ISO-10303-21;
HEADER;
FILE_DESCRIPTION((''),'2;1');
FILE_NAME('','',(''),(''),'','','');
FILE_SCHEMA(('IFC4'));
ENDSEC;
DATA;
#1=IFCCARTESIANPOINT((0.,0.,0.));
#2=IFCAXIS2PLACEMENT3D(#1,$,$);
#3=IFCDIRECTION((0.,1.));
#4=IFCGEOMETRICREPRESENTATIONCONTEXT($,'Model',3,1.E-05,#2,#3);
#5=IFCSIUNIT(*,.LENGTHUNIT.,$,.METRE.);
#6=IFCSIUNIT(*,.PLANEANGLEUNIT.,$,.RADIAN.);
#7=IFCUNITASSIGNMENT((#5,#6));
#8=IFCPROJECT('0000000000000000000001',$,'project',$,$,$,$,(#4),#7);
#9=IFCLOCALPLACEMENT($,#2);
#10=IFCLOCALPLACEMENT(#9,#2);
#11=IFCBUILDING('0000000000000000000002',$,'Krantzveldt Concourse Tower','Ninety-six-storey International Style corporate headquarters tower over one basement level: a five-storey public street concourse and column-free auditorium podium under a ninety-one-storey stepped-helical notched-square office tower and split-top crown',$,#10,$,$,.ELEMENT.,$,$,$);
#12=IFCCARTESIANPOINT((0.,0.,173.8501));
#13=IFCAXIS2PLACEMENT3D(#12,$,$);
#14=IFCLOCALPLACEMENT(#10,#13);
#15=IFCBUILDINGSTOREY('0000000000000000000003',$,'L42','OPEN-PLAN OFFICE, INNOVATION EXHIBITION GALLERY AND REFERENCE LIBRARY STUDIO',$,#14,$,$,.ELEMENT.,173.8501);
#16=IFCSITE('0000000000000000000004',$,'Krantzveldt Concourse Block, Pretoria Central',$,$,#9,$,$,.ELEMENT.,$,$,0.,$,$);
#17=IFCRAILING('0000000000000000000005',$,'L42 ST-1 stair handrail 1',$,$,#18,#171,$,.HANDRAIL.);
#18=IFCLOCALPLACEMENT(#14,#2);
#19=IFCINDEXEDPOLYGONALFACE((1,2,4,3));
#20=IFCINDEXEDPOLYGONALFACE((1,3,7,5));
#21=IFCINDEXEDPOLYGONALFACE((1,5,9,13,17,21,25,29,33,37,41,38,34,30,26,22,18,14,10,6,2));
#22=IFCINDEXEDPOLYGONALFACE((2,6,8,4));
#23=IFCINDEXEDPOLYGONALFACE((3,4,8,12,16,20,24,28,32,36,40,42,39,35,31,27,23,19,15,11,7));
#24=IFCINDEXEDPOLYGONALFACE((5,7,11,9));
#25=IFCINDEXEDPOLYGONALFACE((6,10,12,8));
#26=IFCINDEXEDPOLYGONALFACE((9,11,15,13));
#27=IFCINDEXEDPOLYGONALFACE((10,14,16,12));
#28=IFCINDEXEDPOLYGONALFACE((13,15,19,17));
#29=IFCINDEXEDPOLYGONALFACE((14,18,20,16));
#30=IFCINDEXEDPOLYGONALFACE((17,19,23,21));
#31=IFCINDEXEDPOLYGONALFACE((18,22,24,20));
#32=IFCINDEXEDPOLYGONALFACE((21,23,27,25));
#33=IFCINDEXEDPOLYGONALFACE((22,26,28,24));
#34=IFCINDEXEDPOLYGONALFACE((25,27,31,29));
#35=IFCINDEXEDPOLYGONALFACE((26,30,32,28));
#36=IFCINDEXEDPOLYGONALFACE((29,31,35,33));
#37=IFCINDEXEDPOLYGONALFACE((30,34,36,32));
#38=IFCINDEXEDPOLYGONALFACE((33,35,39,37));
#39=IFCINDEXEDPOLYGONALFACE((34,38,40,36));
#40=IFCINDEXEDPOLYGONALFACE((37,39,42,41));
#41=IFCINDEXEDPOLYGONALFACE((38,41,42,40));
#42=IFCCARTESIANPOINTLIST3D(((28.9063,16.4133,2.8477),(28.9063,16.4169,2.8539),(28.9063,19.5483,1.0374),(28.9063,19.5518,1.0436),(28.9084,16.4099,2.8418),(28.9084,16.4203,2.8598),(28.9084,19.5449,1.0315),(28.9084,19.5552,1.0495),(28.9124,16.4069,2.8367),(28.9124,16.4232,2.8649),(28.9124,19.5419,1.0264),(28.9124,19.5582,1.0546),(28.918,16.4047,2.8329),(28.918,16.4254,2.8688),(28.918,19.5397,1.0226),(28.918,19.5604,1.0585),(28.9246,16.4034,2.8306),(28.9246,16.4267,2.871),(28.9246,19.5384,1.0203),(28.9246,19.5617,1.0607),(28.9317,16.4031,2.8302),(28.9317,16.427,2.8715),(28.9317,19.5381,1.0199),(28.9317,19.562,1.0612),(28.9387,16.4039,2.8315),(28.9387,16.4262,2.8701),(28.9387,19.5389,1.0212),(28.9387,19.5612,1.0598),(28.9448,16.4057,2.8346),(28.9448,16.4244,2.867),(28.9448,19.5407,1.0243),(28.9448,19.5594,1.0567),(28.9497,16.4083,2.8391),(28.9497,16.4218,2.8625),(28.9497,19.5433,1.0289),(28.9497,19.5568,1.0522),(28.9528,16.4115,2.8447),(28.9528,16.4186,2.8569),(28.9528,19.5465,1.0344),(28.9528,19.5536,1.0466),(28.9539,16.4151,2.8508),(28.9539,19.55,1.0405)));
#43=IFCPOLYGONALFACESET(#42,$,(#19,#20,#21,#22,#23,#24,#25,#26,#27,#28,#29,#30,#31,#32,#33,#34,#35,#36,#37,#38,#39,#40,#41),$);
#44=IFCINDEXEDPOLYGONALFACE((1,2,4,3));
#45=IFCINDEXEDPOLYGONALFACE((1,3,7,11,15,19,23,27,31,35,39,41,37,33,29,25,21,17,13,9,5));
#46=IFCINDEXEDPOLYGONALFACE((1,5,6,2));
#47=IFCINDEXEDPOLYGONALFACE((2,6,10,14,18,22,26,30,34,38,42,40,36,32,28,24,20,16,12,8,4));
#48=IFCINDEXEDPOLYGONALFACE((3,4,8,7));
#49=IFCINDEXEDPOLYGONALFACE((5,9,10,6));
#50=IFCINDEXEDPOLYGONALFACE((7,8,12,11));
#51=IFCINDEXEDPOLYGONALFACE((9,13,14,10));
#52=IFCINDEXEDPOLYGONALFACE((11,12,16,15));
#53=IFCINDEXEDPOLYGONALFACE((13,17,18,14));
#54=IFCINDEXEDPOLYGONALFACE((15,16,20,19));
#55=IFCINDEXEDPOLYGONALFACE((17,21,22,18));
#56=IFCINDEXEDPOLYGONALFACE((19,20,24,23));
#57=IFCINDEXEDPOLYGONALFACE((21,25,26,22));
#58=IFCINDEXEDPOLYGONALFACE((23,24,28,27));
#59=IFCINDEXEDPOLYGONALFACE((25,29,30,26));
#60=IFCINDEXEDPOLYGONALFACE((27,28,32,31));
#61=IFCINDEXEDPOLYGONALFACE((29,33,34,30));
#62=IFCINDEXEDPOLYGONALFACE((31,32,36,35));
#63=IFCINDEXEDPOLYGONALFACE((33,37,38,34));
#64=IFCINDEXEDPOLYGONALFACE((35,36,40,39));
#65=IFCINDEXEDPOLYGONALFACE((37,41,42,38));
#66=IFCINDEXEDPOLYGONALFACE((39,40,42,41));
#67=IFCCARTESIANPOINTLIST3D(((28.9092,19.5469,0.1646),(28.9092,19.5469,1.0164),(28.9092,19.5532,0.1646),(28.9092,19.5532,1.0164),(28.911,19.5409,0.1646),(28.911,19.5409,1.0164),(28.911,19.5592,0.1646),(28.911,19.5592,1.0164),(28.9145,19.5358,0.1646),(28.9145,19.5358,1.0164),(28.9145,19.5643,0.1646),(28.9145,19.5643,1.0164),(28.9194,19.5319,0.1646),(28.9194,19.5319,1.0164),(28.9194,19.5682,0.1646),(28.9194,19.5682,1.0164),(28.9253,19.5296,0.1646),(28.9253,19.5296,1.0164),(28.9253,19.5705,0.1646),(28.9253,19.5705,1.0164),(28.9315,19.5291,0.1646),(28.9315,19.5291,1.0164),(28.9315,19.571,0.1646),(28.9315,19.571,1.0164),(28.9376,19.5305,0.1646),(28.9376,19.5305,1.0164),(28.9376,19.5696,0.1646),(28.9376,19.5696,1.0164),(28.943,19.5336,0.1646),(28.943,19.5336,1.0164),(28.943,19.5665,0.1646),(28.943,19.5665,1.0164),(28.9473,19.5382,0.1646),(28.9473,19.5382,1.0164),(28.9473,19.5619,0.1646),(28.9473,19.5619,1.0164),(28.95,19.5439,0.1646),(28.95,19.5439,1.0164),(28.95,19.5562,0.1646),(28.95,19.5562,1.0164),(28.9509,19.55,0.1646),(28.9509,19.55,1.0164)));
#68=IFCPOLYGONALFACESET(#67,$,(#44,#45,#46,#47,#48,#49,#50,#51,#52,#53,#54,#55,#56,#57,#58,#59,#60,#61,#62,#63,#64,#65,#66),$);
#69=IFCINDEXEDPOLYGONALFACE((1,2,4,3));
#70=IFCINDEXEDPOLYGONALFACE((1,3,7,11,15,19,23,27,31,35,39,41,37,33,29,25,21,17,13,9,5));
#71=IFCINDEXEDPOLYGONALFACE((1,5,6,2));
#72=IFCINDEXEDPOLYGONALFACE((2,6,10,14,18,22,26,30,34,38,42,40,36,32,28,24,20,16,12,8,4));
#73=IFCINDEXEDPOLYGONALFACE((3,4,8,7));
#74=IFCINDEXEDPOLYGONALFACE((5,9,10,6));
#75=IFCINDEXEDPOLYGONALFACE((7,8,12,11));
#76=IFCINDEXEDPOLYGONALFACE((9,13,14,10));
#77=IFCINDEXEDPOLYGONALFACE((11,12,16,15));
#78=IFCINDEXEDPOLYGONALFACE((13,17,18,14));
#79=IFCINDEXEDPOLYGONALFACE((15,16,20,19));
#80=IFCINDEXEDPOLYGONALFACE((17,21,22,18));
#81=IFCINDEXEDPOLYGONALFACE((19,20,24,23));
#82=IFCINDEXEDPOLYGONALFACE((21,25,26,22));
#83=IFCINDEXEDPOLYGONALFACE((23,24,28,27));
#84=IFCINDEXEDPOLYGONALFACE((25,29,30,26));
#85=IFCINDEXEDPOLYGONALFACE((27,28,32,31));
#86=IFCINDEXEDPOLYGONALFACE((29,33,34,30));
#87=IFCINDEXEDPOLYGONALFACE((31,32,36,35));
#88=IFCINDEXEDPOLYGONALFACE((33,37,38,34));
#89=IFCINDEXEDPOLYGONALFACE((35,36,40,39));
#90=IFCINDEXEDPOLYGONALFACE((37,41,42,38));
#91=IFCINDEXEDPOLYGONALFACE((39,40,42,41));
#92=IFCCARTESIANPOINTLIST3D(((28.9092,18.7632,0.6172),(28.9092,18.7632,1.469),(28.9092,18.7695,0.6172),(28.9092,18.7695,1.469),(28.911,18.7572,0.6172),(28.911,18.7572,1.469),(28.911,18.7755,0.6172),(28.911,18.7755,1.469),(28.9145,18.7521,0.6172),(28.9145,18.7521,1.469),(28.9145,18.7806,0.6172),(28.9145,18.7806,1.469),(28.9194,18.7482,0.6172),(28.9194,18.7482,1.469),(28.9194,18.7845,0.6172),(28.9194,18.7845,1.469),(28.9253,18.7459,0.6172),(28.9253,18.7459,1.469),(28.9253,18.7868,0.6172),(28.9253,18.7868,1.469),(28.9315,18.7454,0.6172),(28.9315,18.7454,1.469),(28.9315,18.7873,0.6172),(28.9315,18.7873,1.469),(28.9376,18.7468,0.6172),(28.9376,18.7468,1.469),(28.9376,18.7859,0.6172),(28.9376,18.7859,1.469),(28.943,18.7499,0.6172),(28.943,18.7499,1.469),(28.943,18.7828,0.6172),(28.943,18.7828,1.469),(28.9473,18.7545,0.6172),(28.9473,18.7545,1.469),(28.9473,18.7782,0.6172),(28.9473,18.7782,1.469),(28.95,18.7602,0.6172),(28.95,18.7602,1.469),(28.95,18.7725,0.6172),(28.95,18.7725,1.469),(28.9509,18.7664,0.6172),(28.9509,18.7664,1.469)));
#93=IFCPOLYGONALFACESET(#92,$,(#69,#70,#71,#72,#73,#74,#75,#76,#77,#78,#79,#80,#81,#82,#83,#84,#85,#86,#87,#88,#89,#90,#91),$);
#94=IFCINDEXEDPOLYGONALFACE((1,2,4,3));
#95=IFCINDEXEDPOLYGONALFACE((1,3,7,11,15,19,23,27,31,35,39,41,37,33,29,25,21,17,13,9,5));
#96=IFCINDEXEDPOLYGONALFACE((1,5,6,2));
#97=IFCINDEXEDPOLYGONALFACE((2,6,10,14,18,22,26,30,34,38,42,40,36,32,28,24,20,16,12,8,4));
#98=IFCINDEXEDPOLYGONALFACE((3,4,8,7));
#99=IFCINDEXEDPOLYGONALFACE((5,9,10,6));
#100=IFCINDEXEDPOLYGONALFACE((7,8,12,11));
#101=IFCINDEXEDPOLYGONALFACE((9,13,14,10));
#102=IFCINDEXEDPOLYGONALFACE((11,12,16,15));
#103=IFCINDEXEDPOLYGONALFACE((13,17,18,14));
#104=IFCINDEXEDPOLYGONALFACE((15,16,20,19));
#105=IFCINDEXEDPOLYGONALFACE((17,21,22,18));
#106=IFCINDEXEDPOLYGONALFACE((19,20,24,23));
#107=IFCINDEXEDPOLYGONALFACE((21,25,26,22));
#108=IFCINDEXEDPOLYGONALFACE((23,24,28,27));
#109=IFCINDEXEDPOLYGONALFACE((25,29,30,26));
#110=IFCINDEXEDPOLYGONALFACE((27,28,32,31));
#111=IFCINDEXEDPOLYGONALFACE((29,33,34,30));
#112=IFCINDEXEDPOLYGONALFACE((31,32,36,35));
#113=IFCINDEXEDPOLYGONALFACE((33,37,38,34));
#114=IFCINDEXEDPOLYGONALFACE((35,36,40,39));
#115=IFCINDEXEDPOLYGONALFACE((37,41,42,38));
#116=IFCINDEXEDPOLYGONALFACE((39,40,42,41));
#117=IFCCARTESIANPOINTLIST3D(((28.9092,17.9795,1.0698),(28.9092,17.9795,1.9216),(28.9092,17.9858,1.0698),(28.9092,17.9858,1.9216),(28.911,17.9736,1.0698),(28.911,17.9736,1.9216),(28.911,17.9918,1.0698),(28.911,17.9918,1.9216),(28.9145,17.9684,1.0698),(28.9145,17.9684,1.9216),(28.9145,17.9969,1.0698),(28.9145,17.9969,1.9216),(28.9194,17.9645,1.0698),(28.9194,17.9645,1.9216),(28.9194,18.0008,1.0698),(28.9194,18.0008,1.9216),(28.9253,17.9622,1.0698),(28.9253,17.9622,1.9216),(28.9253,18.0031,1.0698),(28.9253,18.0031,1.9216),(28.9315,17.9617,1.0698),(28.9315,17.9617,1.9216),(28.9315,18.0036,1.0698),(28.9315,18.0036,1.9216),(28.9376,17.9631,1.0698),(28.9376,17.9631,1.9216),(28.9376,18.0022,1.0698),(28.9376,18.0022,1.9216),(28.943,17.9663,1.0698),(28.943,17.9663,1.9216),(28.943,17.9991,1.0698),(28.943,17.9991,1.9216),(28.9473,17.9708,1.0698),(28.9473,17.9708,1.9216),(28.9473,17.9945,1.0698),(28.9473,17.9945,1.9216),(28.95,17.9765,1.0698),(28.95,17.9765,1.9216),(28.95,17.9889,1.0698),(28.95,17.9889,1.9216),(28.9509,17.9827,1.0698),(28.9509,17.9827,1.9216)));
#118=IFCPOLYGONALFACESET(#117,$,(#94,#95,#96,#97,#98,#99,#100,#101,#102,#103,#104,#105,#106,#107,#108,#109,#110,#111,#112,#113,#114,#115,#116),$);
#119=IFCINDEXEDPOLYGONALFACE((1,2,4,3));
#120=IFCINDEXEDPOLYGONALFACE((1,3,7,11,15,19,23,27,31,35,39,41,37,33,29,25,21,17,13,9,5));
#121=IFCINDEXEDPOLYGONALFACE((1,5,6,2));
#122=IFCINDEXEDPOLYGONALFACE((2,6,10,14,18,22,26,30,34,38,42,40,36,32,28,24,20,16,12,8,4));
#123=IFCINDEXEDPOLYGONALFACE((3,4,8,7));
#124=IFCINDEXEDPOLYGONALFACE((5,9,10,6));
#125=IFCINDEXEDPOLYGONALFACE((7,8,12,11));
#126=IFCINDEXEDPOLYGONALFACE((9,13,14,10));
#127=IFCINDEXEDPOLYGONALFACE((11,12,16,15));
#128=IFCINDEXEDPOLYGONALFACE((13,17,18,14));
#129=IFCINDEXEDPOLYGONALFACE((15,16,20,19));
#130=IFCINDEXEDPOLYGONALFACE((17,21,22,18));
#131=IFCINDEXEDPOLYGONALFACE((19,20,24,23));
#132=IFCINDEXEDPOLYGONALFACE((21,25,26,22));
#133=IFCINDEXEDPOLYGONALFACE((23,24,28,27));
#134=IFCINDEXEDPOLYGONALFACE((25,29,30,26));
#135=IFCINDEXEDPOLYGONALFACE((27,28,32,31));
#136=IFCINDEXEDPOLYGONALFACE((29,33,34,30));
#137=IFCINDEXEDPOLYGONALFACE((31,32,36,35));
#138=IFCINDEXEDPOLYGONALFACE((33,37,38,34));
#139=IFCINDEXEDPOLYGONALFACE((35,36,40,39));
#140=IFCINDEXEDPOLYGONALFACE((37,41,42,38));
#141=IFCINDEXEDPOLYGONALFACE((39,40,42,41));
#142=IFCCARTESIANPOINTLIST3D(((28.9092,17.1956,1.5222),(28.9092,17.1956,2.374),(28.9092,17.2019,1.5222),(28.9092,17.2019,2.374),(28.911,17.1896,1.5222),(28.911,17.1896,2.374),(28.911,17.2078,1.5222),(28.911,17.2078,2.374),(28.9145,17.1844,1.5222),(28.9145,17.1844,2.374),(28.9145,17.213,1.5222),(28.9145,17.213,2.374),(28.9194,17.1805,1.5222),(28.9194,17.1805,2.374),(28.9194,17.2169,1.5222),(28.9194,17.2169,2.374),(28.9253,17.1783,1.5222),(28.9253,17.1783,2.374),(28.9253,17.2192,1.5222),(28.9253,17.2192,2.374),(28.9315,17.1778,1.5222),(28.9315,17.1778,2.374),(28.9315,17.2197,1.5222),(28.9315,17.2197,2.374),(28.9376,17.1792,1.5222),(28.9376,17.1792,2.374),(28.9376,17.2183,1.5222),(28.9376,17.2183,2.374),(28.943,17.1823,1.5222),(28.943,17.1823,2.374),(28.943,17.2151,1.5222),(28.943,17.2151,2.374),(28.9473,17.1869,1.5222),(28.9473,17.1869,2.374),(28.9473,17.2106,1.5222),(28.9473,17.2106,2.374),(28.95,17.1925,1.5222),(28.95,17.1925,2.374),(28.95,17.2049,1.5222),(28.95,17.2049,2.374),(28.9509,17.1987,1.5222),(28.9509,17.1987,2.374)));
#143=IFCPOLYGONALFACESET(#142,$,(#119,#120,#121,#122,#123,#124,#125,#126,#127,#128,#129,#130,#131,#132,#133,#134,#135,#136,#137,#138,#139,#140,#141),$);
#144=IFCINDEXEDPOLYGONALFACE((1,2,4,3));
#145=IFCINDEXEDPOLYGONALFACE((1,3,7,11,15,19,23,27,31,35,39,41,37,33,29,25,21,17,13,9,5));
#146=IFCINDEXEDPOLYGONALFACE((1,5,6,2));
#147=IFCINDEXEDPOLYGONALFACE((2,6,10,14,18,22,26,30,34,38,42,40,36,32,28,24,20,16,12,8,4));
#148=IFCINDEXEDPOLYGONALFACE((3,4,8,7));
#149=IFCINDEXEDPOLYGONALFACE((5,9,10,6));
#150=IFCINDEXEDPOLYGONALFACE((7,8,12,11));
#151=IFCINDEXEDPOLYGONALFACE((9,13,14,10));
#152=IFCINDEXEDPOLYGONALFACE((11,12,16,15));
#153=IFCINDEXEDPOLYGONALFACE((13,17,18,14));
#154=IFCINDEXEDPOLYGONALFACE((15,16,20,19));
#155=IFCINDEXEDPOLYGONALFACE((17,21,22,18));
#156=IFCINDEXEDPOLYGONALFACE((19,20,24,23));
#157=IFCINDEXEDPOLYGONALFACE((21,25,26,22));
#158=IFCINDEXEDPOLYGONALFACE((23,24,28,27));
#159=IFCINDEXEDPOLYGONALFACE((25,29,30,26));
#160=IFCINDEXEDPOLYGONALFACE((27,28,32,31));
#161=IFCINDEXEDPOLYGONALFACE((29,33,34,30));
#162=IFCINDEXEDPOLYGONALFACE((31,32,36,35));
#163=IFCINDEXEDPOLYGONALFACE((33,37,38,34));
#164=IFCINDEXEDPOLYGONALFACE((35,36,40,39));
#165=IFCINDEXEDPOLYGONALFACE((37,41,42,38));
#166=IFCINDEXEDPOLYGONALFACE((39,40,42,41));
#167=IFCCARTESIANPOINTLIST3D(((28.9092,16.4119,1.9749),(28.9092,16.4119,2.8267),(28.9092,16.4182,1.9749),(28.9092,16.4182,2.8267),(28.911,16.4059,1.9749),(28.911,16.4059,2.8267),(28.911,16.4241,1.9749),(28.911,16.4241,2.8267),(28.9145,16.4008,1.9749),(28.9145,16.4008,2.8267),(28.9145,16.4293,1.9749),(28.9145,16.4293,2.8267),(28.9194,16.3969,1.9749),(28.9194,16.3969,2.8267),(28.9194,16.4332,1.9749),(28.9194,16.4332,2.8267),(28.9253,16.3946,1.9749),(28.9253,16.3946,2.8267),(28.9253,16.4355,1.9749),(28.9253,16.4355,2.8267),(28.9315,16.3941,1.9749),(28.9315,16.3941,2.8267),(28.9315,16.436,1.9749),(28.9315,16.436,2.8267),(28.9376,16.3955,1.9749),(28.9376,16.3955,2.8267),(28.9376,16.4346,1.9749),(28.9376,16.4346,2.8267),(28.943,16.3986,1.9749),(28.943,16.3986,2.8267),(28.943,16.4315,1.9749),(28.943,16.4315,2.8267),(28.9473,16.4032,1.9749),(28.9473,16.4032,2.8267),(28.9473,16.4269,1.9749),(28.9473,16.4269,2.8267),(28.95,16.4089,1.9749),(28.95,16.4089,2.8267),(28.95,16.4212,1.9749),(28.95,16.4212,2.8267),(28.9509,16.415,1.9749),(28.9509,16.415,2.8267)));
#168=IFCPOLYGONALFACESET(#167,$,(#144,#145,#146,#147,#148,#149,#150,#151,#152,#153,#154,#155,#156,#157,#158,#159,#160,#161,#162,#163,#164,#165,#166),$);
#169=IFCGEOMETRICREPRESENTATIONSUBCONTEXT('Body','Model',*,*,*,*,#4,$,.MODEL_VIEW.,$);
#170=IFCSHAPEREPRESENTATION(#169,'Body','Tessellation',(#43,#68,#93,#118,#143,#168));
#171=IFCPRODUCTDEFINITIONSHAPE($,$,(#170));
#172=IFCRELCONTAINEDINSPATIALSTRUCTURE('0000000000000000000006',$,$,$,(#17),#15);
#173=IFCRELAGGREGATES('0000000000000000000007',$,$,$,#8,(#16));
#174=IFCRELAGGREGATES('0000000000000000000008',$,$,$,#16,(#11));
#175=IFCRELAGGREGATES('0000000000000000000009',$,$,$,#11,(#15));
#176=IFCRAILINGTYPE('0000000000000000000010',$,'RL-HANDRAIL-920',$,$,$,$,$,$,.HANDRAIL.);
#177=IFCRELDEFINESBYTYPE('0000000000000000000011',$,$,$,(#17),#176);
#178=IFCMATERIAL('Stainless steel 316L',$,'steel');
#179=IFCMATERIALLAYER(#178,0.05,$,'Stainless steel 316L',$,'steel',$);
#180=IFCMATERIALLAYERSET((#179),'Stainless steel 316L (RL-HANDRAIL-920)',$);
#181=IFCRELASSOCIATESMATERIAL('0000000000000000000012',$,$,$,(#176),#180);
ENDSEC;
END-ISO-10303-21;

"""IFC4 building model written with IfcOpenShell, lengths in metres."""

from ifc_helpers import new_model, si_unit, direction, frame, origin, origin_2d, place, context, subcontext, project, spatial, circle, extrude, material, layer, layer_set, type_object, element, save


model = new_model("IFC4")

# Units and contexts
model_context = context("Model", 3, precision=1e-05, world=origin(), true_north=direction((0.0, 1.0)))
body_context = subcontext(model_context, "Body", "Model", "MODEL_VIEW")
ifc_project = project(units=[si_unit("LENGTHUNIT", "METRE"), si_unit("PLANEANGLEUNIT", "RADIAN")], contexts=[model_context])

# Site, building, storey
site_placement = place(None, origin())
site = spatial("IfcSite", under=ifc_project, at=site_placement, Name="Krantzveldt Concourse Block, Pretoria Central", CompositionType="ELEMENT", RefElevation=0.0)
building_placement = place(site_placement, origin())
building = spatial("IfcBuilding", under=site, at=building_placement, Name="Krantzveldt Concourse Tower", Description="Ninety-six-storey International Style corporate headquarters tower over one basement level: a five-storey public street concourse and column-free auditorium podium under a ninety-one-storey stepped-helical notched-square office tower and split-top crown", CompositionType="ELEMENT")
storey_placement = place(building_placement, frame((0.0, 0.0, 173.8501)))
storey = spatial("IfcBuildingStorey", under=building, at=storey_placement, Name="L42", Description="OPEN-PLAN OFFICE, INNOVATION EXHIBITION GALLERY AND REFERENCE LIBRARY STUDIO", CompositionType="ELEMENT", Elevation=173.8501)

# Shared definitions
ifc_material_1 = material(Name="Stainless steel 316L", Category="steel")

# Railing
ifc_layer_1 = layer(ifc_material_1, 0.05, Name="Stainless steel 316L", Category="steel")
ifc_layer_set_1 = layer_set([ifc_layer_1], Name="Stainless steel 316L (RL-HANDRAIL-920)")
railing_type_1 = type_object("IfcRailingType", Name="RL-HANDRAIL-920", PredefinedType="HANDRAIL", material=ifc_layer_set_1)
railing_1_placement = place(storey_placement, frame((28.9299, 19.55, 0.1646)))
element("IfcRailing", 1, at=railing_1_placement, inside=storey, type_object=railing_type_1, Name="L42 ST-1 stair handrail 1", PredefinedType="HANDRAIL", context=body_context, shape_type="SweptSolid", body=[
    extrude(circle(Radius=0.0239, at=origin_2d()), frame((0.0, 0.0, 0.876), z_axis=(0.0, -0.865989, 0.500063), x_axis=(1.0, 0.0, 0.0)), (0.0, 0.0, 1.0), 3.6201),
    extrude(circle(Radius=0.021, at=origin_2d()), origin(), (0.0, 0.0, 1.0), 0.8518),
    extrude(circle(Radius=0.021, at=origin_2d()), frame((0.0, -0.7837, 0.4526)), (0.0, 0.0, 1.0), 0.8518),
    extrude(circle(Radius=0.021, at=origin_2d()), frame((0.0, -1.5674, 0.9053)), (0.0, 0.0, 1.0), 0.8518),
    extrude(circle(Radius=0.021, at=origin_2d()), frame((0.0, -2.3513, 1.3577)), (0.0, 0.0, 1.0), 0.8518),
    extrude(circle(Radius=0.021, at=origin_2d()), frame((0.0, -3.135, 1.8103)), (0.0, 0.0, 1.0), 0.8518),
])

save(model, "model.ifc")
